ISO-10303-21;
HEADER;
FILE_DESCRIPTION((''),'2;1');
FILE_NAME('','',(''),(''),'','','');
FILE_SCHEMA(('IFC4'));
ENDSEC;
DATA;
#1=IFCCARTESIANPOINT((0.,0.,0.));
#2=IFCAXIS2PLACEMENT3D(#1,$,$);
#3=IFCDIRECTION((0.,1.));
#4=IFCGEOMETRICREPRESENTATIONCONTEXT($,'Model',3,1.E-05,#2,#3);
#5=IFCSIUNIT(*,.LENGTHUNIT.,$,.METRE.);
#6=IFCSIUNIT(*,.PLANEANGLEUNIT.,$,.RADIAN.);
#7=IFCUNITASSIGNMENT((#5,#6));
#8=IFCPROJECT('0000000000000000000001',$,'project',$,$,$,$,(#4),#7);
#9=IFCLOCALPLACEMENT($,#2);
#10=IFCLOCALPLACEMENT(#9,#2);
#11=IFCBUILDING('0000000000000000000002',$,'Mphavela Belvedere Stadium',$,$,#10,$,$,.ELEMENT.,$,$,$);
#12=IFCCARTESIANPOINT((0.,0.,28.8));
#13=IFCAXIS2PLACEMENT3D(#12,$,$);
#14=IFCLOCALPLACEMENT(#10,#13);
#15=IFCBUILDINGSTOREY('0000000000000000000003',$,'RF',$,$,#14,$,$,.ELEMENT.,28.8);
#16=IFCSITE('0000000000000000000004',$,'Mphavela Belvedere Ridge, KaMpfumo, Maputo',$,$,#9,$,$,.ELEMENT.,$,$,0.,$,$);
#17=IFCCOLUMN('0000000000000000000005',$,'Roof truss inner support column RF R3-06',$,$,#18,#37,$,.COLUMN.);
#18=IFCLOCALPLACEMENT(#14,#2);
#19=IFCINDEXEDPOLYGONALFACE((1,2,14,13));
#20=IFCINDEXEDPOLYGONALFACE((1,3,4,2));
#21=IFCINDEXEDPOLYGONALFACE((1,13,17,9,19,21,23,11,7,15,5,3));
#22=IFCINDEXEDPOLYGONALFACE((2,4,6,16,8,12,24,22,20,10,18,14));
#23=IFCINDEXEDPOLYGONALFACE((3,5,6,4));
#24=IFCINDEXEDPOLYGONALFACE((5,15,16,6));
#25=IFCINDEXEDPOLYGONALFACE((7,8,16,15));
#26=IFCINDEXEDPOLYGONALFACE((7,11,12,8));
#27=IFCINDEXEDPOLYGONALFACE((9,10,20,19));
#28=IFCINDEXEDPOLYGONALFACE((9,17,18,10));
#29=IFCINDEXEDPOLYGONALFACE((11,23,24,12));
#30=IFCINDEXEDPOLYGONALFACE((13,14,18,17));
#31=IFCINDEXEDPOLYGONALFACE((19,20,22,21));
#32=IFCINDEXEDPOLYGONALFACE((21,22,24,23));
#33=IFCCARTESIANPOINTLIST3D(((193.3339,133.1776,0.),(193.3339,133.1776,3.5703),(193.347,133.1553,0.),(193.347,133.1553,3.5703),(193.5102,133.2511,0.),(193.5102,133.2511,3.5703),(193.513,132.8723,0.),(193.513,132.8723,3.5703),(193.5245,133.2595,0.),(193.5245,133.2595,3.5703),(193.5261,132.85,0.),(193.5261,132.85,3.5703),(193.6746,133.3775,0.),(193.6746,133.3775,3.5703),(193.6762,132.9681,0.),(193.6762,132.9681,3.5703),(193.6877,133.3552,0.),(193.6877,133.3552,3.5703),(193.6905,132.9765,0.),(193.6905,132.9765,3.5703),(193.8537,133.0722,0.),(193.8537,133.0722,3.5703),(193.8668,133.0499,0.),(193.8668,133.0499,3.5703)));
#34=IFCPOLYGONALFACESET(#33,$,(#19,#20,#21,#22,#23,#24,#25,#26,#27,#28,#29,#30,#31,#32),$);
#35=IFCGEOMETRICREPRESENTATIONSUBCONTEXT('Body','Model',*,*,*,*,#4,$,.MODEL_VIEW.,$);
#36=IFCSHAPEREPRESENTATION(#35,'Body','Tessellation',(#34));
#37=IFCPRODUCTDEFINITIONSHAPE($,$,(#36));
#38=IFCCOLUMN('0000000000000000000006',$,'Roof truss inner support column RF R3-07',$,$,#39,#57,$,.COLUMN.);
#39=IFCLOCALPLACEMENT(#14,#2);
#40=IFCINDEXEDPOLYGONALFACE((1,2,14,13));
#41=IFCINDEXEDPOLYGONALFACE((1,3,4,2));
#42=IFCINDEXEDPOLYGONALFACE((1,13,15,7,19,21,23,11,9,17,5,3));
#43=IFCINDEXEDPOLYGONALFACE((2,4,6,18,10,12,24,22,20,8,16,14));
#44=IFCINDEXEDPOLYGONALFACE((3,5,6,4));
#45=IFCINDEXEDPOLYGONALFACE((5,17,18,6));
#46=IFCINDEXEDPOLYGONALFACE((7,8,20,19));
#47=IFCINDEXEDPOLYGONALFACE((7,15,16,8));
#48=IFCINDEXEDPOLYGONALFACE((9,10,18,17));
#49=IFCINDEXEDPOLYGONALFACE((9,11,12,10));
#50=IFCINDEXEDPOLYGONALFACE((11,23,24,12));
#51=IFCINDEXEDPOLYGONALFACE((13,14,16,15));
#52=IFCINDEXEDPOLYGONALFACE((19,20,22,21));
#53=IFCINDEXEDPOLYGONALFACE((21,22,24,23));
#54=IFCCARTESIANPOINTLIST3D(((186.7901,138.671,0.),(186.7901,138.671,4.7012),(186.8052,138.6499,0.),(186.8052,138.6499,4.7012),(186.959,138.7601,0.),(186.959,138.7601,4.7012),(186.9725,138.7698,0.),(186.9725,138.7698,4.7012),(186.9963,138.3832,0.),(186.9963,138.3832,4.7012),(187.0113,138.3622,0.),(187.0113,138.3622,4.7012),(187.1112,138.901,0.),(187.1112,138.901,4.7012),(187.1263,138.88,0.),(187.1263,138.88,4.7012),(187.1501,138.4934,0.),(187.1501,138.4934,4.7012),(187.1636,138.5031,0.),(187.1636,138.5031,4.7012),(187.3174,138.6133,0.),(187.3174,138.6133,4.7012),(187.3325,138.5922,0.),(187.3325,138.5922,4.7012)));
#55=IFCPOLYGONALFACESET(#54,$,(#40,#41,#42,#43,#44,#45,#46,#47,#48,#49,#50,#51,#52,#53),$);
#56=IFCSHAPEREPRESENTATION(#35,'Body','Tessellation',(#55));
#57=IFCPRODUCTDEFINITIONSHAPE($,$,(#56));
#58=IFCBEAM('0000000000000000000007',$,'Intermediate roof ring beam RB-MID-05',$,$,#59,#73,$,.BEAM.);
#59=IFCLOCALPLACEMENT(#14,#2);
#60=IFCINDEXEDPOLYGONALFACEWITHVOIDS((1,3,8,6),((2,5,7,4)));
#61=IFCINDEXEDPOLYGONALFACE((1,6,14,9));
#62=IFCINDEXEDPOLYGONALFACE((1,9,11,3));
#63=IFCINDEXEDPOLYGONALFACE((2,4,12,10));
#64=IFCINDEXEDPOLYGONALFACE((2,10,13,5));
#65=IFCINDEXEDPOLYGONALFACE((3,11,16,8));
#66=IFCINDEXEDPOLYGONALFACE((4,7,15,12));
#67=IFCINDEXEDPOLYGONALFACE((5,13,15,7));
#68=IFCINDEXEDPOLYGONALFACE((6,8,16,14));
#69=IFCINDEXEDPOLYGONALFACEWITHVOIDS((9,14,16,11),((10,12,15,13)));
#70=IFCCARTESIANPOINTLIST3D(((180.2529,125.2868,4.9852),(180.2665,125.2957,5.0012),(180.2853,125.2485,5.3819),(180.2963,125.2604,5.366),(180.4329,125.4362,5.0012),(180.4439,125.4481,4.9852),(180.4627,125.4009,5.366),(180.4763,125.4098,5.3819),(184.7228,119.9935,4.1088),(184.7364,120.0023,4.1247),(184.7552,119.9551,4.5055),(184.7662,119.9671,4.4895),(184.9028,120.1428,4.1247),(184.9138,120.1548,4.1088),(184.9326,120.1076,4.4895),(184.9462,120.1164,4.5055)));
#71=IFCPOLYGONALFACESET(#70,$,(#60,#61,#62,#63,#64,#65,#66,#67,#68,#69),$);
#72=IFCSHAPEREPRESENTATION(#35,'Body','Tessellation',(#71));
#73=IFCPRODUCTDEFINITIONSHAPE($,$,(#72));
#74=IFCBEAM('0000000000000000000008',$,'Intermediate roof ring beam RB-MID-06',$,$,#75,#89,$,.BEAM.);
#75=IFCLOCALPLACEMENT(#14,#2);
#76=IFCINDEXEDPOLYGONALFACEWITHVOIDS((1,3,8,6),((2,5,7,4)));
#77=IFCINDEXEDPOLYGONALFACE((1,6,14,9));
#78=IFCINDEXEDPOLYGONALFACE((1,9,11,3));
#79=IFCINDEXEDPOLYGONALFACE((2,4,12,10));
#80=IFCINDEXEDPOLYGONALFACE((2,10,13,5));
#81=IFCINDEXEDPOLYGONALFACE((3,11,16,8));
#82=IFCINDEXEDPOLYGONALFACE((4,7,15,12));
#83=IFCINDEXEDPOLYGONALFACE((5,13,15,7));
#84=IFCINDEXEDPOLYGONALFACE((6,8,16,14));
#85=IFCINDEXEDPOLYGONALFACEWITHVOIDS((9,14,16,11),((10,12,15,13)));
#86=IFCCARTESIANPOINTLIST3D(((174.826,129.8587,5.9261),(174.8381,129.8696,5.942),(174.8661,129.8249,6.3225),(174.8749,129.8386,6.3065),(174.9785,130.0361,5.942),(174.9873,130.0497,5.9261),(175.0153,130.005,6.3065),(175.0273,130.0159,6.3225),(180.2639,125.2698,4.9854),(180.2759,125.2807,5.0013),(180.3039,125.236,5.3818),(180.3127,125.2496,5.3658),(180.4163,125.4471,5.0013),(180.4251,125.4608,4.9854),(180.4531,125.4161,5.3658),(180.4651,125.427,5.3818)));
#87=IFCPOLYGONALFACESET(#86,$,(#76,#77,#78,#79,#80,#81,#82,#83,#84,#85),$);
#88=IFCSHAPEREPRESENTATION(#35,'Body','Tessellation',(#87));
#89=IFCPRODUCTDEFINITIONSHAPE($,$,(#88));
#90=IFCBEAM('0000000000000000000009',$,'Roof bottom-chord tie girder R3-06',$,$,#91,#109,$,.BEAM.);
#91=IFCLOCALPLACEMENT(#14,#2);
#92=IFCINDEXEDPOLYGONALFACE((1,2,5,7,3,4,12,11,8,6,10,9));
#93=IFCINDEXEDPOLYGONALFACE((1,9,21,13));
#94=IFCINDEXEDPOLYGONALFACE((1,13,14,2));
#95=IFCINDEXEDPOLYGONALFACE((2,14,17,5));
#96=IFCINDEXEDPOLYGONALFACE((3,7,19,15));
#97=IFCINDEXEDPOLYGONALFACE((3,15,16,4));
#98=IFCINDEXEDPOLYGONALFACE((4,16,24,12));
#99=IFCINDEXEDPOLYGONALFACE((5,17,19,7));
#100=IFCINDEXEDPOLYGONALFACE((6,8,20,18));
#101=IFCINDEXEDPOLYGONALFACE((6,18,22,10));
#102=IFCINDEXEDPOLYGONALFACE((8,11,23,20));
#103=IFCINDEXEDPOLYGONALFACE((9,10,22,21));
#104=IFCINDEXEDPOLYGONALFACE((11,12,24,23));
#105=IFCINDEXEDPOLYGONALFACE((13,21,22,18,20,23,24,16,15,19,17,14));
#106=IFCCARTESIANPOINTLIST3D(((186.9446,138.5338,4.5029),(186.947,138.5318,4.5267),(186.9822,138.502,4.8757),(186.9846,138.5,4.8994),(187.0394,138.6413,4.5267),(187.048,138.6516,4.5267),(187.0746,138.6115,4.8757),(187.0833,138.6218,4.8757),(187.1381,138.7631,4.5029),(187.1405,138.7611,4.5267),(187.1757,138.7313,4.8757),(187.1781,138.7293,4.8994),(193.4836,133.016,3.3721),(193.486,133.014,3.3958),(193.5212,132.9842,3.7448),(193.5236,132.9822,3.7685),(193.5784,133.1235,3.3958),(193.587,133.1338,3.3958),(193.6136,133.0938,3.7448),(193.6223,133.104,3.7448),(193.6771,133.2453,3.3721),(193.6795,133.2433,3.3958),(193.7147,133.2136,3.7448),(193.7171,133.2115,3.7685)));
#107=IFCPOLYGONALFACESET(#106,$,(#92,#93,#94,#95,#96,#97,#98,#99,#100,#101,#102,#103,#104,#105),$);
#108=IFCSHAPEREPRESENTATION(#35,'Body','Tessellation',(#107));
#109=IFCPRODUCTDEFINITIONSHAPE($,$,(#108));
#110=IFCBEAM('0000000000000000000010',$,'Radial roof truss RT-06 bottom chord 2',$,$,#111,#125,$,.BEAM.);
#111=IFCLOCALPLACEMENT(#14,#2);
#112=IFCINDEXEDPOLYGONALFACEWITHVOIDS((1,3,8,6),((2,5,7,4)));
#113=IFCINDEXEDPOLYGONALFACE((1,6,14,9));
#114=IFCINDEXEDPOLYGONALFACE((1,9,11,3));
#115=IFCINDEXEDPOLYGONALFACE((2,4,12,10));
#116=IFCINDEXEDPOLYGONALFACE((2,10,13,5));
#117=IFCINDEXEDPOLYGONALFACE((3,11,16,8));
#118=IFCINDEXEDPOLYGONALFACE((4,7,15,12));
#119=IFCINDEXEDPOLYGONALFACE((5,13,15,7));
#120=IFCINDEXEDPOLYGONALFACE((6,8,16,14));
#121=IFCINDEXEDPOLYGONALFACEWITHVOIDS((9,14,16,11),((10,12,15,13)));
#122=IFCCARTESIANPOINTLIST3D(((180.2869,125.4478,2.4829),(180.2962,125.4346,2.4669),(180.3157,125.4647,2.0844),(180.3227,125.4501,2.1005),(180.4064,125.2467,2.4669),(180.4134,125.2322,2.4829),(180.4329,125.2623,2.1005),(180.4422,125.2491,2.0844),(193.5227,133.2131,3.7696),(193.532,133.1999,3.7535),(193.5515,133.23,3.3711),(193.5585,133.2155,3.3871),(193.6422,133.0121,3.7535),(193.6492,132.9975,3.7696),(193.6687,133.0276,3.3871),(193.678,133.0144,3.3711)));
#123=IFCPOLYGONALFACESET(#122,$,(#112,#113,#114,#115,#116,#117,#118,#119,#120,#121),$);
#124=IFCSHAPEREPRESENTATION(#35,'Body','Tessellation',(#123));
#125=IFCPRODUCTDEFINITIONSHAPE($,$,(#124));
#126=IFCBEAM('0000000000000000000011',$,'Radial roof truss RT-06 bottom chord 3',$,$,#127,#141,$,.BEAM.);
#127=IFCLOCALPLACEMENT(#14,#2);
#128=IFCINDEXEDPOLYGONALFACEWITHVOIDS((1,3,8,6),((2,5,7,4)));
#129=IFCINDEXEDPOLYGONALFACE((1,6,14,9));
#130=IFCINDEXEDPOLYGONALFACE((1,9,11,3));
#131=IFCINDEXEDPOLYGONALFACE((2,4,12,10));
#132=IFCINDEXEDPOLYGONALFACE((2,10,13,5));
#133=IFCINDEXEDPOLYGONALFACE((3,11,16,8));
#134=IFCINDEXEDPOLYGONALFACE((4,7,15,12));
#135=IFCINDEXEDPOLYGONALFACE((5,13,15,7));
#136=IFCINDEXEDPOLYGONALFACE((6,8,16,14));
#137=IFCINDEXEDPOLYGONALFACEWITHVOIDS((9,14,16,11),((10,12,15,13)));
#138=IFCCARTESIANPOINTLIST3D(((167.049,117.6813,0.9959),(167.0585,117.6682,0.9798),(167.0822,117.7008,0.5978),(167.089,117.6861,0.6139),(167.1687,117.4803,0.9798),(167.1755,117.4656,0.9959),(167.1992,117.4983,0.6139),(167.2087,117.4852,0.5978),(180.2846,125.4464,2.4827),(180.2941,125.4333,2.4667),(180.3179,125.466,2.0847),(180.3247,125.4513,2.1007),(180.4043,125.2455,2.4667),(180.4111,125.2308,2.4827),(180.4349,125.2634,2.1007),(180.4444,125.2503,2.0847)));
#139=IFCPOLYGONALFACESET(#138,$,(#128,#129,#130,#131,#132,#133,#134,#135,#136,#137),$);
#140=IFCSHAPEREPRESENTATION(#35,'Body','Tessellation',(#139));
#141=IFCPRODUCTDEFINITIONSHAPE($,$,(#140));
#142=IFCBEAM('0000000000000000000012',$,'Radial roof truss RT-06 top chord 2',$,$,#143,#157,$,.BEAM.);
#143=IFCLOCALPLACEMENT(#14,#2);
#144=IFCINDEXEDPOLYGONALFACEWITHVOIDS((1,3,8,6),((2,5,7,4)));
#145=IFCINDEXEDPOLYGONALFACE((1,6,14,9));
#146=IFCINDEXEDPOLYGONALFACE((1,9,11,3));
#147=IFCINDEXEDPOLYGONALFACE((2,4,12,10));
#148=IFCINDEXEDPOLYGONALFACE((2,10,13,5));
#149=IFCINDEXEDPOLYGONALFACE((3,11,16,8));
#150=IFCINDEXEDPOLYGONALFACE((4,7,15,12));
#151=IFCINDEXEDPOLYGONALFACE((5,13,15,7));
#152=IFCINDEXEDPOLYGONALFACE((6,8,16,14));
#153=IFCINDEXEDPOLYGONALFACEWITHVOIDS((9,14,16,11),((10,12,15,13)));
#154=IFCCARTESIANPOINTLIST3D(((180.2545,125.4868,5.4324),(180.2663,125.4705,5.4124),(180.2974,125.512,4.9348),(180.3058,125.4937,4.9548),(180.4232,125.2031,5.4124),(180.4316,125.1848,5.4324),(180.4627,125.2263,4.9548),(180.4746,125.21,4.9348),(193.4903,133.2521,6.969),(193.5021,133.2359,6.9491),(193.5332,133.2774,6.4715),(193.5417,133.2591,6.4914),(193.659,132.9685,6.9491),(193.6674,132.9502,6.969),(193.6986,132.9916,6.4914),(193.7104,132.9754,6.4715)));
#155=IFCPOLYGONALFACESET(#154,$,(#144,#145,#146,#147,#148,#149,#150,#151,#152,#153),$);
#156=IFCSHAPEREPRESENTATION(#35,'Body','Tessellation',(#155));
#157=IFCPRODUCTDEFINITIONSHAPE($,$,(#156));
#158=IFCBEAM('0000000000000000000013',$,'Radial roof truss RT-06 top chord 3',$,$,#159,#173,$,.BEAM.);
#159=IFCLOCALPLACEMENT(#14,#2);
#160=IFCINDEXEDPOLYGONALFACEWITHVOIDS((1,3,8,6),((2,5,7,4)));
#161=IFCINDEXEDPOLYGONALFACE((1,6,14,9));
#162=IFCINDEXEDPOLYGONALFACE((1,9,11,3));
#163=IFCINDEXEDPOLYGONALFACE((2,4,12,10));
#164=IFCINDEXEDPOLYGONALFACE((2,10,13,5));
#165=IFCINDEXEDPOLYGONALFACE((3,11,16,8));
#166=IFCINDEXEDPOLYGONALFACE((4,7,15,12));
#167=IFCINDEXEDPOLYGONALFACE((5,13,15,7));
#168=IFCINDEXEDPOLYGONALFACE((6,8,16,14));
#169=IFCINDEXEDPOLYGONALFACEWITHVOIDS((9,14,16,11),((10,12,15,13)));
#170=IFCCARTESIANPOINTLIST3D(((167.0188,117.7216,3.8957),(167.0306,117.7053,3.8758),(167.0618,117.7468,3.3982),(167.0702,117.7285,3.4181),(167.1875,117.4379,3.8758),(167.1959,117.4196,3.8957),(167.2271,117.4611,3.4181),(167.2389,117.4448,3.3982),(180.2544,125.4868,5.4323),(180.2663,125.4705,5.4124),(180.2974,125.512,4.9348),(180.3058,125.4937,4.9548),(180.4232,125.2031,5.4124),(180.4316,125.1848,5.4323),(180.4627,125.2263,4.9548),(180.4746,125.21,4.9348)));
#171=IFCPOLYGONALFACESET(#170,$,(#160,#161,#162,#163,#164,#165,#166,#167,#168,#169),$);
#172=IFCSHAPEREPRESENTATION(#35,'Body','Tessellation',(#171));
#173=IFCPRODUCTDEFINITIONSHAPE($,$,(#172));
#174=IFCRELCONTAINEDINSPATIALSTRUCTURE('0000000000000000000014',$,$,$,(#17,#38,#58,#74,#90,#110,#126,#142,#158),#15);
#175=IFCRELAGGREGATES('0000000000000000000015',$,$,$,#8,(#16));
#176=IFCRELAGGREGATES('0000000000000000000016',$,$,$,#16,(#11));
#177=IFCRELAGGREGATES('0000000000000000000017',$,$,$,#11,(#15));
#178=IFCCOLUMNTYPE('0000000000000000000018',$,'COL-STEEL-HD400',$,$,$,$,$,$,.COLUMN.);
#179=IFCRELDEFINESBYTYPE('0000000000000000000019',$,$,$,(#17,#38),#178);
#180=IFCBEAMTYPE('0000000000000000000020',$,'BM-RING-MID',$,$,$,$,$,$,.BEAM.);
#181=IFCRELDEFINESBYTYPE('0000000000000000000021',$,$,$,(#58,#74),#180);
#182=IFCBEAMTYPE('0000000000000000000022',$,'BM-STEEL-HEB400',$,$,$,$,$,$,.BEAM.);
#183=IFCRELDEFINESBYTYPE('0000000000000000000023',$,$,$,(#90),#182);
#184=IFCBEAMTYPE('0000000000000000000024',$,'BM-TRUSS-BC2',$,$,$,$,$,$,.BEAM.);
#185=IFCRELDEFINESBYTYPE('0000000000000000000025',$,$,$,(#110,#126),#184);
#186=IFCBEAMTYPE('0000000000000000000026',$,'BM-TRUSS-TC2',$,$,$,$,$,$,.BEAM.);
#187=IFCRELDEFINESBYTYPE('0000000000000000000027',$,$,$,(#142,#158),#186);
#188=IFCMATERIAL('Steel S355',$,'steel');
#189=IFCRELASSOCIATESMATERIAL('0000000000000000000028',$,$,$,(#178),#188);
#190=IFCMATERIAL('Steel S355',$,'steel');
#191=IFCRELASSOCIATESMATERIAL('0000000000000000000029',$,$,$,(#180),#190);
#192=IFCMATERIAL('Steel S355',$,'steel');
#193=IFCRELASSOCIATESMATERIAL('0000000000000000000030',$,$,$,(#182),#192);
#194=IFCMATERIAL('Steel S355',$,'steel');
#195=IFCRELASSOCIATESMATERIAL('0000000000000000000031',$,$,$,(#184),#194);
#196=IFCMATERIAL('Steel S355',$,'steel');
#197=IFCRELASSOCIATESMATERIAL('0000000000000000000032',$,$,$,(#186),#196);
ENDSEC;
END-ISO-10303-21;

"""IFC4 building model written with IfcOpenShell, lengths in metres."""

from ifc_helpers import new_model, si_unit, direction, frame, origin, origin_2d, place, context, subcontext, project, spatial, hollow_rectangle, i_section, extrude, material, material_profile, profile_set, type_object, element, save


model = new_model("IFC4")

# Units and contexts
model_context = context("Model", 3, precision=1e-05, world=origin(), true_north=direction((0.0, 1.0)))
body_context = subcontext(model_context, "Body", "Model", "MODEL_VIEW")
ifc_project = project(units=[si_unit("LENGTHUNIT", "METRE"), si_unit("PLANEANGLEUNIT", "RADIAN")], contexts=[model_context])

# Site, building, storey
site_placement = place(None, origin())
site = spatial("IfcSite", under=ifc_project, at=site_placement, Name="Mphavela Belvedere Ridge, KaMpfumo, Maputo", CompositionType="ELEMENT", RefElevation=0.0)
building_placement = place(site_placement, origin())
building = spatial("IfcBuilding", under=site, at=building_placement, Name="Mphavela Belvedere Stadium", CompositionType="ELEMENT")
storey_placement = place(building_placement, frame((0.0, 0.0, 28.8)))
storey = spatial("IfcBuildingStorey", under=building, at=storey_placement, Name="RF", CompositionType="ELEMENT", Elevation=28.8)

# Columns
ifc_material_1 = material(Name="Steel S355", Category="steel")
ifc_material_profile_1 = material_profile(ifc_material_1, i_section(OverallWidth=0.395, OverallDepth=0.3799, WebThickness=0.0166, FlangeThickness=0.0259, at=origin_2d()), Name="HD 400x237")
ifc_profile_set_1 = profile_set([ifc_material_profile_1], Name="Steel S355")
column_type = type_object("IfcColumnType", Name="COL-STEEL-HD400", PredefinedType="COLUMN", material=ifc_profile_set_1)
column_1_placement = place(storey_placement, frame((193.6003, 133.1138, 0.0), z_axis=(0.0, 0.0, 1.0), x_axis=(0.862514, 0.506034, 0.0)))
element("IfcColumn", 1, at=column_1_placement, inside=storey, type_object=column_type, Name="Roof truss inner support column RF R3-06", PredefinedType="COLUMN", context=body_context, shape_type="SweptSolid", body=[
    extrude(i_section(OverallWidth=0.395, OverallDepth=0.3799, WebThickness=0.0166, FlangeThickness=0.0259, at=origin_2d()), origin(), (0.0, 0.0, 1.0), 3.5703),
])
column_2_placement = place(storey_placement, frame((187.0613, 138.6316, 0.0), z_axis=(0.0, 0.0, 1.0), x_axis=(0.812898, 0.582407, 0.0)))
element("IfcColumn", 2, at=column_2_placement, inside=storey, type_object=column_type, Name="Roof truss inner support column RF R3-07", PredefinedType="COLUMN", context=body_context, shape_type="SweptSolid", body=[
    extrude(i_section(OverallWidth=0.395, OverallDepth=0.3799, WebThickness=0.0166, FlangeThickness=0.0259, at=origin_2d()), origin(), (0.0, 0.0, 1.0), 4.7012),
])

# Beams
ifc_material_2 = material(Name="Steel S355", Category="steel")
ifc_material_profile_2 = material_profile(ifc_material_2, hollow_rectangle(XDim=0.25, YDim=0.3999, WallThickness=0.0161, at=origin_2d()), Name="RHS 400x250x16")
ifc_profile_set_2 = profile_set([ifc_material_profile_2], Name="Steel S355")
beam_type_1 = type_object("IfcBeamType", Name="BM-RING-MID", PredefinedType="BEAM", material=ifc_profile_set_2)
beam_1_placement = place(storey_placement, frame((184.8345, 120.0549, 4.3071), z_axis=(-0.640074, 0.757993, 0.125505), x_axis=(-0.764034, -0.645176, 0.0)))
element("IfcBeam", 3, at=beam_1_placement, inside=storey, type_object=beam_type_1, Name="Intermediate roof ring beam RB-MID-05", PredefinedType="BEAM", context=body_context, shape_type="SweptSolid", body=[
    extrude(hollow_rectangle(XDim=0.25, YDim=0.3999, WallThickness=0.0161, at=origin_2d()), origin(), (0.0, 0.0, 1.0), 6.9834),
])
beam_2_placement = place(storey_placement, frame((180.3645, 125.3484, 5.1836), z_axis=(-0.757646, 0.639371, 0.131065), x_axis=(-0.644934, -0.764238, 0.0)))
element("IfcBeam", 4, at=beam_2_placement, inside=storey, type_object=beam_type_1, Name="Intermediate roof ring beam RB-MID-06", PredefinedType="BEAM", context=body_context, shape_type="SweptSolid", body=[
    extrude(hollow_rectangle(XDim=0.25, YDim=0.3999, WallThickness=0.0161, at=origin_2d()), origin(), (0.0, 0.0, 1.0), 7.1772),
])
ifc_material_3 = material(Name="Steel S355", Category="steel")
ifc_material_profile_3 = material_profile(ifc_material_3, i_section(OverallWidth=0.3, OverallDepth=0.3999, WebThickness=0.0134, FlangeThickness=0.0239, at=origin_2d()), Name="HEB 400")
ifc_profile_set_3 = profile_set([ifc_material_profile_3], Name="Steel S355")
beam_type_2 = type_object("IfcBeamType", Name="BM-STEEL-HEB400", PredefinedType="BEAM", material=ifc_profile_set_3)
beam_3_placement = place(storey_placement, frame((193.6003, 133.1138, 3.5703), z_axis=(-0.757674, 0.639344, 0.131031), x_axis=(-0.644904, -0.764263, 0.0)))
element("IfcBeam", 5, at=beam_3_placement, inside=storey, type_object=beam_type_2, Name="Roof bottom-chord tie girder R3-06", PredefinedType="BEAM", context=body_context, shape_type="SweptSolid", body=[
    extrude(i_section(OverallWidth=0.3, OverallDepth=0.3999, WebThickness=0.0134, FlangeThickness=0.0239, at=origin_2d()), origin(), (0.0, 0.0, 1.0), 8.6304),
])
ifc_material_4 = material(Name="Steel S355", Category="steel")
ifc_material_profile_4 = material_profile(ifc_material_4, hollow_rectangle(XDim=0.25, YDim=0.3999, WallThickness=0.0161, at=origin_2d()), Name="RHS 400x250x16")
ifc_profile_set_4 = profile_set([ifc_material_profile_4], Name="Steel S355")
beam_type_3 = type_object("IfcBeamType", Name="BM-TRUSS-BC2", PredefinedType="BEAM", material=ifc_profile_set_4)
beam_4_placement = place(storey_placement, frame((193.6003, 133.1138, 3.5703), z_axis=(-0.859499, -0.504263, -0.08355), x_axis=(0.506032, -0.862515, 0.0)))
element("IfcBeam", 6, at=beam_4_placement, inside=storey, type_object=beam_type_3, Name="Radial roof truss RT-06 bottom chord 2", PredefinedType="BEAM", context=body_context, shape_type="SweptSolid", body=[
    extrude(hollow_rectangle(XDim=0.25, YDim=0.3999, WallThickness=0.0161, at=origin_2d()), origin(), (0.0, 0.0, 1.0), 15.3994),
])
beam_5_placement = place(storey_placement, frame((180.3645, 125.3484, 2.2837), z_axis=(-0.858497, -0.503668, -0.096439), x_axis=(0.506027, -0.862518, 0.0)))
element("IfcBeam", 7, at=beam_5_placement, inside=storey, type_object=beam_type_3, Name="Radial roof truss RT-06 bottom chord 3", PredefinedType="BEAM", context=body_context, shape_type="SweptSolid", body=[
    extrude(hollow_rectangle(XDim=0.25, YDim=0.3999, WallThickness=0.0161, at=origin_2d()), origin(), (0.0, 0.0, 1.0), 15.4172),
])
ifc_material_5 = material(Name="Steel S355", Category="steel")
ifc_material_profile_5 = material_profile(ifc_material_5, hollow_rectangle(XDim=0.3501, YDim=0.5, WallThickness=0.02, at=origin_2d()), Name="RHS 500x350x20")
ifc_profile_set_5 = profile_set([ifc_material_profile_5], Name="Steel S355")
beam_type_4 = type_object("IfcBeamType", Name="BM-TRUSS-TC2", PredefinedType="BEAM", material=ifc_profile_set_5)
beam_6_placement = place(storey_placement, frame((193.6003, 133.1138, 6.7202), z_axis=(-0.858223, -0.503514, -0.099636), x_axis=(0.506032, -0.862515, 0.0)))
element("IfcBeam", 8, at=beam_6_placement, inside=storey, type_object=beam_type_4, Name="Radial roof truss RT-06 top chord 2", PredefinedType="BEAM", context=body_context, shape_type="SweptSolid", body=[
    extrude(hollow_rectangle(XDim=0.3501, YDim=0.5, WallThickness=0.02, at=origin_2d()), origin(), (0.0, 0.0, 1.0), 15.4224),
])
beam_7_placement = place(storey_placement, frame((180.3645, 125.3484, 5.1836), z_axis=(-0.858226, -0.503509, -0.099638), x_axis=(0.506027, -0.862518, 0.0)))
element("IfcBeam", 9, at=beam_7_placement, inside=storey, type_object=beam_type_4, Name="Radial roof truss RT-06 top chord 3", PredefinedType="BEAM", context=body_context, shape_type="SweptSolid", body=[
    extrude(hollow_rectangle(XDim=0.3501, YDim=0.5, WallThickness=0.02, at=origin_2d()), origin(), (0.0, 0.0, 1.0), 15.4221),
])

save(model, "model.ifc")
